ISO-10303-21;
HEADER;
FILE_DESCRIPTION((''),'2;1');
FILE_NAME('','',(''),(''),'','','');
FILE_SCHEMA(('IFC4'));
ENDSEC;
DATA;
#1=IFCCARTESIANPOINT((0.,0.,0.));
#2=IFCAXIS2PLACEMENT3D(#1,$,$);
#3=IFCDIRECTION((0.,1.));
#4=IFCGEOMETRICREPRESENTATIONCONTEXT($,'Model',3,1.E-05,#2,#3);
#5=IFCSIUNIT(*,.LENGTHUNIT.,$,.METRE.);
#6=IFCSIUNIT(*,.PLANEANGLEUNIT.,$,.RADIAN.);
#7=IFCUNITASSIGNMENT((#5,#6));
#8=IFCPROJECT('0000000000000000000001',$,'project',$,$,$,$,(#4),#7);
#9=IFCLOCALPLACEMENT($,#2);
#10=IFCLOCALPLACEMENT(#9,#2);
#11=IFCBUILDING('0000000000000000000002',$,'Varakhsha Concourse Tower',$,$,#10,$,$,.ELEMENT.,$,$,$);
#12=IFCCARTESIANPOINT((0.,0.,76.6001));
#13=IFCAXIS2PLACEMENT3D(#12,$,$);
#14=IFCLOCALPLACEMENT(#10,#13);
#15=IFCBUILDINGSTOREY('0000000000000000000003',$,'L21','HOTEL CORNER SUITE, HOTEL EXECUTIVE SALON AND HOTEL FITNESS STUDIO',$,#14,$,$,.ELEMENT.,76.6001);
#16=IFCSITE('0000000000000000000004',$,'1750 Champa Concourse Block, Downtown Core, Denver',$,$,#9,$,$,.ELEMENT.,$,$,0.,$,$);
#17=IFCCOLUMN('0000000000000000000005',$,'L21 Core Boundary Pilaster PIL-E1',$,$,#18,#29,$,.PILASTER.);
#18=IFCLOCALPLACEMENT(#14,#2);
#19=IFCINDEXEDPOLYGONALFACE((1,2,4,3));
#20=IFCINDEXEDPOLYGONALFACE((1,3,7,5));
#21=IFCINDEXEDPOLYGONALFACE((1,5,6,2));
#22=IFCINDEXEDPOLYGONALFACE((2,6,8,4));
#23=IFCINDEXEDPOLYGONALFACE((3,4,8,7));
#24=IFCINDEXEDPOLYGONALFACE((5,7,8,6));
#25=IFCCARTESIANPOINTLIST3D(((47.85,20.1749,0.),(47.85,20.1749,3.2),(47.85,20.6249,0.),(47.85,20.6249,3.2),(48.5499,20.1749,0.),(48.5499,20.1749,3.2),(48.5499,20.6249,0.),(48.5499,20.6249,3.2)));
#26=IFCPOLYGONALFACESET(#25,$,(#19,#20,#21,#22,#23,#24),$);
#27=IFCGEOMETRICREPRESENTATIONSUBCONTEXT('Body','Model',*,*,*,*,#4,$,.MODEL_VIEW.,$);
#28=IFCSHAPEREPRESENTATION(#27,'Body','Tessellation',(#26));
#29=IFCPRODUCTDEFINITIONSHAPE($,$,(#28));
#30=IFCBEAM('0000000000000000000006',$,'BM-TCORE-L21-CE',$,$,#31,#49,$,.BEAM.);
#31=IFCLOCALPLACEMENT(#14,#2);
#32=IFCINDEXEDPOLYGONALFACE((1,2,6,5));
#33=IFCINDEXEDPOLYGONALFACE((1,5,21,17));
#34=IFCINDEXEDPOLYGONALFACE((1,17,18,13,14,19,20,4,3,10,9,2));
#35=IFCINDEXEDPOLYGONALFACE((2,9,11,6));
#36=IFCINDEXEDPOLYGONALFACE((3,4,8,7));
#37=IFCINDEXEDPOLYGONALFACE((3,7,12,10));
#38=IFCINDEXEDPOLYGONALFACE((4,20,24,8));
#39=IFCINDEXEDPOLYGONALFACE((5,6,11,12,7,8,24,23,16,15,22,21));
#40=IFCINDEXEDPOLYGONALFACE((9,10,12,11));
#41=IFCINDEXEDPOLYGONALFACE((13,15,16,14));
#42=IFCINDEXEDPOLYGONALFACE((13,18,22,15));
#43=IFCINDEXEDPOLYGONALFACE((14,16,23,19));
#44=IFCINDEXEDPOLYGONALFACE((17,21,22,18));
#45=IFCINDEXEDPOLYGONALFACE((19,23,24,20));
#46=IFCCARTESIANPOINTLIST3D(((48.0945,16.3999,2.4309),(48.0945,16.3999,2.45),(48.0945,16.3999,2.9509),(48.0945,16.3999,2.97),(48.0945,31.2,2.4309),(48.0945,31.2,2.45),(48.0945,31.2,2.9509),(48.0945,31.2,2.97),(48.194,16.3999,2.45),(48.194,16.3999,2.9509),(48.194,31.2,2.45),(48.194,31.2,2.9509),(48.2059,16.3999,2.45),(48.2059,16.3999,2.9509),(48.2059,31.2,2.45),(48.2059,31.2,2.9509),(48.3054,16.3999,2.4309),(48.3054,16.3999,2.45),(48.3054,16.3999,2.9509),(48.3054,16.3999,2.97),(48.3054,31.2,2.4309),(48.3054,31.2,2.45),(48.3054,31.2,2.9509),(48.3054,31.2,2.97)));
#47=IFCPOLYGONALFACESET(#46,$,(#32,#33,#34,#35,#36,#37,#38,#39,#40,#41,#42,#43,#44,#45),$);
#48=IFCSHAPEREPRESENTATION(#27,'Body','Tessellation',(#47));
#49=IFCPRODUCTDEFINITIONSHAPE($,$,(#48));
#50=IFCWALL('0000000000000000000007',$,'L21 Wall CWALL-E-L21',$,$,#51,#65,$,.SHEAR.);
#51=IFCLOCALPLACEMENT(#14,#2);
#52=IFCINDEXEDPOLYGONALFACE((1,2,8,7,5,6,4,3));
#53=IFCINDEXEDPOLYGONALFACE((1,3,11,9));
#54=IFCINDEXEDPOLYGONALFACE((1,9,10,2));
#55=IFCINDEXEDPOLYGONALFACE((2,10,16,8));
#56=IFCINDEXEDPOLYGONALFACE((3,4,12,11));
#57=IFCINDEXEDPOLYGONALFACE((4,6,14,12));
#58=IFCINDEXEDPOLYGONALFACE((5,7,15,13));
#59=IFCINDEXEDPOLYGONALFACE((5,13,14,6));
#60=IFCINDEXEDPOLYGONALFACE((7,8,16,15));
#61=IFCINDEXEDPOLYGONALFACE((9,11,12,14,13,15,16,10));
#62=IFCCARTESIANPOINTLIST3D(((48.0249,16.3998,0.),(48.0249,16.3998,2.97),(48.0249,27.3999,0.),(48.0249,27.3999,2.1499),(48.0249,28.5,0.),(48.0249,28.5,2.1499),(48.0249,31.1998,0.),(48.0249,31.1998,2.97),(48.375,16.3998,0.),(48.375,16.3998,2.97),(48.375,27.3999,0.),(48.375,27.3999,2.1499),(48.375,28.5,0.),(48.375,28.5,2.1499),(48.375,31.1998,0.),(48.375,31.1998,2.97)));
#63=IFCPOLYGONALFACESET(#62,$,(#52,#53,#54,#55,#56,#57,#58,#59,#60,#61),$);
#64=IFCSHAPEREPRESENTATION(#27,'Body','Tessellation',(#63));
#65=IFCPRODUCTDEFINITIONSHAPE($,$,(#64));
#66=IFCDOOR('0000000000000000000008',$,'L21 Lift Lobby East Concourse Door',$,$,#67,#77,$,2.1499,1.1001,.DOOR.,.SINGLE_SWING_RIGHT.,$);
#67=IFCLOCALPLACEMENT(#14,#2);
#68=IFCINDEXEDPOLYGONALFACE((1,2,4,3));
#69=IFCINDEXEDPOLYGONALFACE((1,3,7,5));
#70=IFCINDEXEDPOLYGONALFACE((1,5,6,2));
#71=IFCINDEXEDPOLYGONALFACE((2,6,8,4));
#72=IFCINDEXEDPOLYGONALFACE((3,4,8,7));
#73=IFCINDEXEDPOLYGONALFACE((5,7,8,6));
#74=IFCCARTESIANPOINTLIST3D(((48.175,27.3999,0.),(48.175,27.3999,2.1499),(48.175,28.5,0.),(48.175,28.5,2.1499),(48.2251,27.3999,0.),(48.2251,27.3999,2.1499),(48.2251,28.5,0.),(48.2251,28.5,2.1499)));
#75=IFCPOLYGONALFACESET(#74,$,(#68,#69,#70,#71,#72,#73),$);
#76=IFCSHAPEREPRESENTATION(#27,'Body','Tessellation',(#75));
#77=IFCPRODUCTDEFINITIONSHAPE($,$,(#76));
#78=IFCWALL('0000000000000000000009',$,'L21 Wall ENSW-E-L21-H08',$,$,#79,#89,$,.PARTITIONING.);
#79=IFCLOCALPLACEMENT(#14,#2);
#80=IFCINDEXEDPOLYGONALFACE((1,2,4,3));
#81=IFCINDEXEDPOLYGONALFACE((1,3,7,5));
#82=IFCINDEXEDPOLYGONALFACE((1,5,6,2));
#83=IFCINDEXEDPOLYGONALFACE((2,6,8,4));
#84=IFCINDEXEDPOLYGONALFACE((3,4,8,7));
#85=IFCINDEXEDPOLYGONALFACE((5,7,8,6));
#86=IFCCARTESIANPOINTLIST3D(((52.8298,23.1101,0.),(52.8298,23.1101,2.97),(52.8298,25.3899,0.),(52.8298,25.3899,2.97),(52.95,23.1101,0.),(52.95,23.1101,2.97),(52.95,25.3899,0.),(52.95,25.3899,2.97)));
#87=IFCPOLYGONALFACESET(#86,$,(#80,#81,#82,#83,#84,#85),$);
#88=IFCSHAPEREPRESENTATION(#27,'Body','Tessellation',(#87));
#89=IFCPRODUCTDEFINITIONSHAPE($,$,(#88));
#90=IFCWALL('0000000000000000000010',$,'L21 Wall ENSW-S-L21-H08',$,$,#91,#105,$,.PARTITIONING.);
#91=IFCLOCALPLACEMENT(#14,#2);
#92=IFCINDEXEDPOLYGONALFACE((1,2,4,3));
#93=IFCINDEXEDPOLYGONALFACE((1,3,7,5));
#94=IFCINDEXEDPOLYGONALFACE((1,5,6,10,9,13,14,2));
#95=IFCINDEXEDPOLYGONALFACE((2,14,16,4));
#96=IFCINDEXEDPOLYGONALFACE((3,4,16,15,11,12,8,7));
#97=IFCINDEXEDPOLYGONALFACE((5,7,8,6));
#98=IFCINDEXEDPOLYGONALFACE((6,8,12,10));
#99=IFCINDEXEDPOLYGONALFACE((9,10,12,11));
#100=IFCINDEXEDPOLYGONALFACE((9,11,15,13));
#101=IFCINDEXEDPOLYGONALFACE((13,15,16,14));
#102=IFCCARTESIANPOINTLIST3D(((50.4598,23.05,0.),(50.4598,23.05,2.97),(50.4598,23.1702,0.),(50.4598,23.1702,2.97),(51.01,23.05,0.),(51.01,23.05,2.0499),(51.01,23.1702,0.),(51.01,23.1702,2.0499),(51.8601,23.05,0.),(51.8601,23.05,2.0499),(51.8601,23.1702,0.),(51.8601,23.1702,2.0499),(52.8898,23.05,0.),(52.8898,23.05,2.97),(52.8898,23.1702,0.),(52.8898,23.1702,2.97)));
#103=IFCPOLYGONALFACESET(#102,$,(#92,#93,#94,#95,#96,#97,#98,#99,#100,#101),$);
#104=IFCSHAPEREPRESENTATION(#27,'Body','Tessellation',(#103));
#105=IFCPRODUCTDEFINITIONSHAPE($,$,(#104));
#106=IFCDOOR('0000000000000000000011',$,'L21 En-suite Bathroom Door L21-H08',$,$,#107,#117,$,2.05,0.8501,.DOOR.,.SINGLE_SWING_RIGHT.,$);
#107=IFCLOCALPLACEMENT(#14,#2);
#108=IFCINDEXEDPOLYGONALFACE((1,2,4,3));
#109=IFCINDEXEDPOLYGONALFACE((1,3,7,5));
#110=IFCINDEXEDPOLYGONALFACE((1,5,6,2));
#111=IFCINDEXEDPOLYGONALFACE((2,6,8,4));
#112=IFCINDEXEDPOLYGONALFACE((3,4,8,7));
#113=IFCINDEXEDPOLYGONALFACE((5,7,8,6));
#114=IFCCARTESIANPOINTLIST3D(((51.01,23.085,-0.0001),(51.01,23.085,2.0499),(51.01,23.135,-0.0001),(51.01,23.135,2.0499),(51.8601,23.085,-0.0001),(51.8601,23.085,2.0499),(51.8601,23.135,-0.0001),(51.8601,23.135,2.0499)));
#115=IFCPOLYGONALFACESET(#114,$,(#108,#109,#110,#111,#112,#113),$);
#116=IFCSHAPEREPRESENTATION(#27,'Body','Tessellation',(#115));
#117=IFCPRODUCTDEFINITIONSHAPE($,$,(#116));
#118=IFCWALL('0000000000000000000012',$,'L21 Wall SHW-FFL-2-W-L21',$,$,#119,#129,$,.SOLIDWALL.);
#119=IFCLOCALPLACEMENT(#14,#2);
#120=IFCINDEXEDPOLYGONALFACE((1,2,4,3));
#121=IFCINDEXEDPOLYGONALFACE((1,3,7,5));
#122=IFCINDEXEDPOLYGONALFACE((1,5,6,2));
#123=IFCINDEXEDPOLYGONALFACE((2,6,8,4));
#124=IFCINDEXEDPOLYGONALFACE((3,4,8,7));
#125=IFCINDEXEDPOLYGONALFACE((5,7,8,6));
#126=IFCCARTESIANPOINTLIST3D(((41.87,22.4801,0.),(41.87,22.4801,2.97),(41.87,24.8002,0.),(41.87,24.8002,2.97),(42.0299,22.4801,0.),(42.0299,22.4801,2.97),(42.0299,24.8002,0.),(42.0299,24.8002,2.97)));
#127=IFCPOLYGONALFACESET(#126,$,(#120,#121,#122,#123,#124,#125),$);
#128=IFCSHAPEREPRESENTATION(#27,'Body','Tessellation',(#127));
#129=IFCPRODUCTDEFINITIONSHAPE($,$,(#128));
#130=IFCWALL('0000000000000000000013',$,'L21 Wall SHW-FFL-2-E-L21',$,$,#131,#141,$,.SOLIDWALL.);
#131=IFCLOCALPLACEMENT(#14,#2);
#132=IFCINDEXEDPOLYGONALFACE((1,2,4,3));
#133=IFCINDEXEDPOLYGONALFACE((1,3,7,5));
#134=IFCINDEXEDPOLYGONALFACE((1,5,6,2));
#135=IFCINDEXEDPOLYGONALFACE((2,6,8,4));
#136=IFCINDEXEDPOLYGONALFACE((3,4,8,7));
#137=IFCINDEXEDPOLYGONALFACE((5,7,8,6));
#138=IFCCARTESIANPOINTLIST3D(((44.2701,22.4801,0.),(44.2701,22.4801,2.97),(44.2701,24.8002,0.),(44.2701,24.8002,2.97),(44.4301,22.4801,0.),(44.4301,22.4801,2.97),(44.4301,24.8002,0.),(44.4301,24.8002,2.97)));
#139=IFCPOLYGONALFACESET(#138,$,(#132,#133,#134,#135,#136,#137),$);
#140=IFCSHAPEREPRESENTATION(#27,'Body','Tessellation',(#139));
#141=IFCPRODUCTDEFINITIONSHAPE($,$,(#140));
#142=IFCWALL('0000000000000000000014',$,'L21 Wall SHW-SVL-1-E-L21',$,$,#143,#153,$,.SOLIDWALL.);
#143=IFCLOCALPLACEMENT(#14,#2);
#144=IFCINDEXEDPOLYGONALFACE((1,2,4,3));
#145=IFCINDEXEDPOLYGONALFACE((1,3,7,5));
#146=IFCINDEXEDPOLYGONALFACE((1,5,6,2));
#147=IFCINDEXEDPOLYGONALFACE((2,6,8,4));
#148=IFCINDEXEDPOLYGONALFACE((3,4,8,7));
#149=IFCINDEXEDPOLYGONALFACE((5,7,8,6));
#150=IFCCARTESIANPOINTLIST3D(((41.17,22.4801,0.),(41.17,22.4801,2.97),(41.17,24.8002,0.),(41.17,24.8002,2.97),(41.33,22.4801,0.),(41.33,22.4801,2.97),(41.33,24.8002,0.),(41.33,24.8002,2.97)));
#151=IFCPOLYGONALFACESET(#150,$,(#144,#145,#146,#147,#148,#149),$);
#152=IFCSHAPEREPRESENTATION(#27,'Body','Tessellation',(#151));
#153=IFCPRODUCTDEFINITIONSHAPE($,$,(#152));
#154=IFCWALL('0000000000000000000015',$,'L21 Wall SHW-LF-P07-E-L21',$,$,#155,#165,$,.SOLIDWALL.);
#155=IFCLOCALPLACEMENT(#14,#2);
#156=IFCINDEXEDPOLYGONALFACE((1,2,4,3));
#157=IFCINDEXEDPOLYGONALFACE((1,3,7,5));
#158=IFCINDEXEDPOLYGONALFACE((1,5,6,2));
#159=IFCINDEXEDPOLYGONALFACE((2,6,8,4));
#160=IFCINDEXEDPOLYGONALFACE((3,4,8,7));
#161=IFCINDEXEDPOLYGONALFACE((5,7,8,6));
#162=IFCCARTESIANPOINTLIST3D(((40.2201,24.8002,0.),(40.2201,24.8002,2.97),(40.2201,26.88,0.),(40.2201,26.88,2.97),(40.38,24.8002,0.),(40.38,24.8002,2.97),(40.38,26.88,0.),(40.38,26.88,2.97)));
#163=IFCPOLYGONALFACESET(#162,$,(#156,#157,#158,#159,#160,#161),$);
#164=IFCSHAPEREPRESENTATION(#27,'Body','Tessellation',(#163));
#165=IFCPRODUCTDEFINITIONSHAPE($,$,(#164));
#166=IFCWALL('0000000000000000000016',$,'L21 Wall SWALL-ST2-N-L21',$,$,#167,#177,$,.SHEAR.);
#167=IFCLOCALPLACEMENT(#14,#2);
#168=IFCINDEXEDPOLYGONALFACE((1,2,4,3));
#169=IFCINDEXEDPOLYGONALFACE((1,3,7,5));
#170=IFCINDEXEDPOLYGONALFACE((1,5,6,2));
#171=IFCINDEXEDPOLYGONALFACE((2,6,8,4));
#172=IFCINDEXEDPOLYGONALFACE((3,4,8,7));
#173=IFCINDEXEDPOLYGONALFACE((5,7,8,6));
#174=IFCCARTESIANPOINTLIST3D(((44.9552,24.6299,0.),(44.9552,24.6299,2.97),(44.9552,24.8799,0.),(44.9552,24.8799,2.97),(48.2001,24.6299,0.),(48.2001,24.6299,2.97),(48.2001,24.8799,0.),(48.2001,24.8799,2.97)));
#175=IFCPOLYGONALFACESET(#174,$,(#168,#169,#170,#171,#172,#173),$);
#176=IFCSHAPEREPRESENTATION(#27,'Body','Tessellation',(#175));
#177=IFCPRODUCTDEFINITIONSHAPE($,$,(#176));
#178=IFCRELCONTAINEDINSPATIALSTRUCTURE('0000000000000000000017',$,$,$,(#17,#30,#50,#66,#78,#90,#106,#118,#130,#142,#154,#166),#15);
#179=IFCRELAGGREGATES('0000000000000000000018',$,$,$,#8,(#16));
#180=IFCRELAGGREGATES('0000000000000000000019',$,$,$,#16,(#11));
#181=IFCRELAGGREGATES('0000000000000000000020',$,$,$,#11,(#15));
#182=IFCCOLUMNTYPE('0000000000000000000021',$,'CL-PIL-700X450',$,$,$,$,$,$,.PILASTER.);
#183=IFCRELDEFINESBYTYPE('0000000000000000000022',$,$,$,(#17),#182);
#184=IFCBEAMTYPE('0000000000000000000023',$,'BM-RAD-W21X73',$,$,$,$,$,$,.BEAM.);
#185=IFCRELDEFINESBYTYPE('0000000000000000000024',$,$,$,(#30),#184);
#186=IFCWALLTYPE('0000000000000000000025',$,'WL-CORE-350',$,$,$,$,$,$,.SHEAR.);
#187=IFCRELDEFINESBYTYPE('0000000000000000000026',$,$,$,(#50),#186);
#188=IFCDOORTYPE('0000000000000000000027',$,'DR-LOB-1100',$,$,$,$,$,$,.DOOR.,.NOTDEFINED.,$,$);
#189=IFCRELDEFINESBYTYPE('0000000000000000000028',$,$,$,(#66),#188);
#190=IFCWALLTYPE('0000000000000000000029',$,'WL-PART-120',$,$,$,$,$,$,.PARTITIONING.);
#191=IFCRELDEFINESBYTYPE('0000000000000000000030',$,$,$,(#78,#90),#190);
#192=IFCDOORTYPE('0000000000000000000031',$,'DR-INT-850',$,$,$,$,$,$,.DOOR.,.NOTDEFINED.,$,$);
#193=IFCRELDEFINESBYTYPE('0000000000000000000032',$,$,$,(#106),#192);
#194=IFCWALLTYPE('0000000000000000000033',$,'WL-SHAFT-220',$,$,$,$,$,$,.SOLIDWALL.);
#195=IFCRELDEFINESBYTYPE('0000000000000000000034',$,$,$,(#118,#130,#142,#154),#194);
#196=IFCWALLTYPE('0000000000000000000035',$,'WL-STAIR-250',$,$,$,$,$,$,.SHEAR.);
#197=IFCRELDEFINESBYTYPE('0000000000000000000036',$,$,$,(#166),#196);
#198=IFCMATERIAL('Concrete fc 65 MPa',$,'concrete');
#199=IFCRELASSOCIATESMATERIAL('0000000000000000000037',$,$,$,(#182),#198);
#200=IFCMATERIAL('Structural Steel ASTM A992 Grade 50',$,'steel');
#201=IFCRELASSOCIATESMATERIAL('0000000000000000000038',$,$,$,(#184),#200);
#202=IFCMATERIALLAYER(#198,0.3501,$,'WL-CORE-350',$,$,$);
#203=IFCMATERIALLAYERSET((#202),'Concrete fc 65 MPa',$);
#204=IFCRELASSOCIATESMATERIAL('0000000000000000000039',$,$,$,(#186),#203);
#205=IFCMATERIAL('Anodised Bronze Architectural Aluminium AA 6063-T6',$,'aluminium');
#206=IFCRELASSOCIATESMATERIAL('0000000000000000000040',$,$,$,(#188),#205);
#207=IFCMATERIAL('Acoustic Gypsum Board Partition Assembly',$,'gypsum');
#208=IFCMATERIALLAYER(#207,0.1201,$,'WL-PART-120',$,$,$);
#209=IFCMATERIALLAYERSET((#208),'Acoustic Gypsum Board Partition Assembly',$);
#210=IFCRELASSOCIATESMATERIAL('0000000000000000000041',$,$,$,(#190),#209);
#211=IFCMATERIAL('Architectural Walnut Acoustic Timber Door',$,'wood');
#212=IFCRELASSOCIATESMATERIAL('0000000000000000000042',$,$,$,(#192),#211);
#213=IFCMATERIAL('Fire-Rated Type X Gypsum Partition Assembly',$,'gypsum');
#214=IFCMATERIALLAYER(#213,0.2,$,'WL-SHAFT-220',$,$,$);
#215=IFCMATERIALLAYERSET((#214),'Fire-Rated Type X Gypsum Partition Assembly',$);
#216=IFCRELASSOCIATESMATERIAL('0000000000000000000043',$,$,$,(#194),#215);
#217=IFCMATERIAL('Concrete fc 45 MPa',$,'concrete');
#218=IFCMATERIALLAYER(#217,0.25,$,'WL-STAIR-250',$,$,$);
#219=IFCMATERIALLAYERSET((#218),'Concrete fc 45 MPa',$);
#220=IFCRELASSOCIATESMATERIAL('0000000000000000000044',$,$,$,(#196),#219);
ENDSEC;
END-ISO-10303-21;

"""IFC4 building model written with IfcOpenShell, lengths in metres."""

from ifc_helpers import new_model, si_unit, direction, frame, frame_2d, origin, origin_2d, place, context, subcontext, project, spatial, rectangle, i_section, extrude, material, layer, layer_set, material_profile, profile_set, type_object, element, fill, save


model = new_model("IFC4")

# Units and contexts
model_context = context("Model", 3, precision=1e-05, world=origin(), true_north=direction((0.0, 1.0)))
body_context = subcontext(model_context, "Body", "Model", "MODEL_VIEW")
ifc_project = project(units=[si_unit("LENGTHUNIT", "METRE"), si_unit("PLANEANGLEUNIT", "RADIAN")], contexts=[model_context])

# Site, building, storey
site_placement = place(None, origin())
site = spatial("IfcSite", under=ifc_project, at=site_placement, Name="1750 Champa Concourse Block, Downtown Core, Denver", CompositionType="ELEMENT", RefElevation=0.0)
building_placement = place(site_placement, origin())
building = spatial("IfcBuilding", under=site, at=building_placement, Name="Varakhsha Concourse Tower", CompositionType="ELEMENT")
storey_placement = place(building_placement, frame((0.0, 0.0, 76.6001)))
storey = spatial("IfcBuildingStorey", under=building, at=storey_placement, Name="L21", Description="HOTEL CORNER SUITE, HOTEL EXECUTIVE SALON AND HOTEL FITNESS STUDIO", CompositionType="ELEMENT", Elevation=76.6001)

# Column
ifc_material_1 = material(Name="Concrete fc 65 MPa", Category="concrete")
ifc_material_profile_1 = material_profile(ifc_material_1, rectangle(XDim=0.7, YDim=0.45, at=origin_2d()), Name="RC 700x450")
ifc_profile_set_1 = profile_set([ifc_material_profile_1], Name="Concrete fc 65 MPa")
column_type = type_object("IfcColumnType", Name="CL-PIL-700X450", PredefinedType="PILASTER", material=ifc_profile_set_1)
column_placement = place(storey_placement, frame((48.2, 20.3999, 0.0), z_axis=(0.0, 0.0, 1.0), x_axis=(1.0, 0.0, 0.0)))
element("IfcColumn", 1, at=column_placement, inside=storey, type_object=column_type, Name="L21 Core Boundary Pilaster PIL-E1", PredefinedType="PILASTER", context=body_context, shape_type="SweptSolid", body=[
    extrude(rectangle(XDim=0.7, YDim=0.45, at=origin_2d()), origin(), (0.0, 0.0, 1.0), 3.2),
])

# Beam
ifc_material_2 = material(Name="Structural Steel ASTM A992 Grade 50", Category="steel")
ifc_material_profile_2 = material_profile(ifc_material_2, i_section(OverallWidth=0.2109, OverallDepth=0.5391, WebThickness=0.012, FlangeThickness=0.019, at=origin_2d()), Name="W21X73")
ifc_profile_set_2 = profile_set([ifc_material_profile_2], Name="Structural Steel ASTM A992 Grade 50")
beam_type = type_object("IfcBeamType", Name="BM-RAD-W21X73", PredefinedType="BEAM", material=ifc_profile_set_2)
beam_placement = place(storey_placement, frame((48.2, 16.3999, 2.7004), z_axis=(0.0, 1.0, 0.0), x_axis=(-1.0, 0.0, 0.0)))
element("IfcBeam", 2, at=beam_placement, inside=storey, type_object=beam_type, Name="BM-TCORE-L21-CE", PredefinedType="BEAM", context=body_context, shape_type="SweptSolid", body=[
    extrude(i_section(OverallWidth=0.2109, OverallDepth=0.5391, WebThickness=0.012, FlangeThickness=0.019, at=origin_2d()), origin(), (0.0, 0.0, 1.0), 14.8),
])

# Wall, opening, door
ifc_layer_1 = layer(ifc_material_1, 0.3501, Name="WL-CORE-350")
ifc_layer_set_1 = layer_set([ifc_layer_1], Name="Concrete fc 65 MPa")
wall_type_1 = type_object("IfcWallType", Name="WL-CORE-350", PredefinedType="SHEAR", material=ifc_layer_set_1)
wall_1_placement = place(storey_placement, frame((48.2, 16.3999, 0.0), z_axis=(0.0, 0.0, 1.0), x_axis=(0.0, 1.0, 0.0)))
wall_1 = element("IfcWall", 3, at=wall_1_placement, inside=storey, type_object=wall_type_1, Name="L21 Wall CWALL-E-L21", PredefinedType="SHEAR", context=body_context, shape_type="SweptSolid", body=[
    extrude(rectangle(XDim=14.8, YDim=0.3501, at=frame_2d((7.3999, 0.0))), origin(), (0.0, 0.0, 1.0), 2.97),
])
opening_1_placement = place(wall_1_placement, frame((11.0, 0.0, 0.0)))
opening_1 = element("IfcOpeningElement", 4, at=opening_1_placement, cuts=wall_1, PredefinedType="OPENING", context=body_context, shape_type="SweptSolid", body=[
    extrude(rectangle(XDim=1.1001, YDim=2.1499, at=frame_2d((0.55, 1.075))), frame((0.0, 0.1851, 0.0), z_axis=(0.0, -1.0, 0.0), x_axis=(1.0, 0.0, 0.0)), (0.0, 0.0, 1.0), 0.3701),
])
ifc_material_3 = material(Name="Anodised Bronze Architectural Aluminium AA 6063-T6", Category="aluminium")
door_type_1 = type_object("IfcDoorType", Name="DR-LOB-1100", OperationType="NOTDEFINED", PredefinedType="DOOR", material=ifc_material_3)
door_1_placement = place(opening_1_placement, origin())
door_1 = element("IfcDoor", 5, at=door_1_placement, inside=storey, type_object=door_type_1, Name="L21 Lift Lobby East Concourse Door", OperationType="SINGLE_SWING_RIGHT", OverallHeight=2.1499, OverallWidth=1.1001, PredefinedType="DOOR", context=body_context, shape_type="SweptSolid", body=[
    extrude(rectangle(XDim=1.1001, YDim=2.1499, at=frame_2d((0.55, 1.075))), frame((0.0, 0.0249, 0.0), z_axis=(0.0, -1.0, 0.0), x_axis=(1.0, 0.0, 0.0)), (0.0, 0.0, 1.0), 0.05),
])
fill(opening_1, door_1)

# Wall
ifc_material_4 = material(Name="Acoustic Gypsum Board Partition Assembly", Category="gypsum")
ifc_layer_2 = layer(ifc_material_4, 0.1201, Name="WL-PART-120")
ifc_layer_set_2 = layer_set([ifc_layer_2], Name="Acoustic Gypsum Board Partition Assembly")
wall_type_2 = type_object("IfcWallType", Name="WL-PART-120", PredefinedType="PARTITIONING", material=ifc_layer_set_2)
wall_2_placement = place(storey_placement, frame((52.8899, 23.1101, 0.0), z_axis=(0.0, 0.0, 1.0), x_axis=(0.0, 1.0, 0.0)))
element("IfcWall", 6, at=wall_2_placement, inside=storey, type_object=wall_type_2, Name="L21 Wall ENSW-E-L21-H08", PredefinedType="PARTITIONING", context=body_context, shape_type="SweptSolid", body=[
    extrude(rectangle(XDim=2.2798, YDim=0.1201, at=frame_2d((1.1399, 0.0))), origin(), (0.0, 0.0, 1.0), 2.97),
])

# Wall, opening, door
wall_3_placement = place(storey_placement, frame((50.46, 23.1101, 0.0), z_axis=(0.0, 0.0, 1.0), x_axis=(1.0, 0.0, 0.0)))
wall_3 = element("IfcWall", 7, at=wall_3_placement, inside=storey, type_object=wall_type_2, Name="L21 Wall ENSW-S-L21-H08", PredefinedType="PARTITIONING", context=body_context, shape_type="SweptSolid", body=[
    extrude(rectangle(XDim=2.4299, YDim=0.1201, at=frame_2d((1.2148, 0.0))), origin(), (0.0, 0.0, 1.0), 2.97),
])
opening_2_placement = place(wall_3_placement, frame((0.55, 0.0, 0.0)))
opening_2 = element("IfcOpeningElement", 8, at=opening_2_placement, cuts=wall_3, PredefinedType="OPENING", context=body_context, shape_type="SweptSolid", body=[
    extrude(rectangle(XDim=0.8501, YDim=2.05, at=frame_2d((0.425, 1.0249))), frame((0.0, 0.0701, 0.0), z_axis=(0.0, -1.0, 0.0), x_axis=(1.0, 0.0, 0.0)), (0.0, 0.0, 1.0), 0.1401),
])
ifc_material_5 = material(Name="Architectural Walnut Acoustic Timber Door", Category="wood")
door_type_2 = type_object("IfcDoorType", Name="DR-INT-850", OperationType="NOTDEFINED", PredefinedType="DOOR", material=ifc_material_5)
door_2_placement = place(opening_2_placement, origin())
door_2 = element("IfcDoor", 9, at=door_2_placement, inside=storey, type_object=door_type_2, Name="L21 En-suite Bathroom Door L21-H08", OperationType="SINGLE_SWING_RIGHT", OverallHeight=2.05, OverallWidth=0.8501, PredefinedType="DOOR", context=body_context, shape_type="SweptSolid", body=[
    extrude(rectangle(XDim=0.8501, YDim=2.05, at=frame_2d((0.425, 1.0249))), frame((0.0, 0.0249, 0.0), z_axis=(0.0, -1.0, 0.0), x_axis=(1.0, 0.0, 0.0)), (0.0, 0.0, 1.0), 0.05),
])
fill(opening_2, door_2)

# Walls
ifc_material_6 = material(Name="Fire-Rated Type X Gypsum Partition Assembly", Category="gypsum")
ifc_layer_3 = layer(ifc_material_6, 0.2, Name="WL-SHAFT-220")
ifc_layer_set_3 = layer_set([ifc_layer_3], Name="Fire-Rated Type X Gypsum Partition Assembly")
wall_type_3 = type_object("IfcWallType", Name="WL-SHAFT-220", PredefinedType="SOLIDWALL", material=ifc_layer_set_3)
for number, where, z_axis, x_axis, name in (
    (10, (41.95, 22.48, 0.0), (0.0, 0.0, 1.0), (0.0, 1.0, 0.0), "L21 Wall SHW-FFL-2-W-L21"),
    (11, (44.3501, 22.48, 0.0), (0.0, 0.0, 1.0), (0.0, 1.0, 0.0), "L21 Wall SHW-FFL-2-E-L21"),
    (12, (41.25, 22.48, 0.0), (0.0, 0.0, 1.0), (0.0, 1.0, 0.0), "L21 Wall SHW-SVL-1-E-L21"),
):
    element("IfcWall", number, at=place(storey_placement, frame(where, z_axis=z_axis, x_axis=x_axis)), inside=storey, type_object=wall_type_3, Name=name, PredefinedType="SOLIDWALL", context=body_context, shape_type="SweptSolid", body=[
        extrude(rectangle(XDim=2.3201, YDim=0.1599, at=frame_2d((1.1602, 0.0))), origin(), (0.0, 0.0, 1.0), 2.97),
    ])
wall_4_placement = place(storey_placement, frame((40.3, 24.8, 0.0), z_axis=(0.0, 0.0, 1.0), x_axis=(0.0, 1.0, 0.0)))
element("IfcWall", 13, at=wall_4_placement, inside=storey, type_object=wall_type_3, Name="L21 Wall SHW-LF-P07-E-L21", PredefinedType="SOLIDWALL", context=body_context, shape_type="SweptSolid", body=[
    extrude(rectangle(XDim=2.0798, YDim=0.1599, at=frame_2d((1.04, 0.0))), origin(), (0.0, 0.0, 1.0), 2.97),
])
ifc_material_7 = material(Name="Concrete fc 45 MPa", Category="concrete")
ifc_layer_4 = layer(ifc_material_7, 0.25, Name="WL-STAIR-250")
ifc_layer_set_4 = layer_set([ifc_layer_4], Name="Concrete fc 45 MPa")
wall_type_4 = type_object("IfcWallType", Name="WL-STAIR-250", PredefinedType="SHEAR", material=ifc_layer_set_4)
wall_5_placement = place(storey_placement, frame((44.9551, 24.7549, 0.0), z_axis=(0.0, 0.0, 1.0), x_axis=(1.0, 0.0, 0.0)))
element("IfcWall", 14, at=wall_5_placement, inside=storey, type_object=wall_type_4, Name="L21 Wall SWALL-ST2-N-L21", PredefinedType="SHEAR", context=body_context, shape_type="SweptSolid", body=[
    extrude(rectangle(XDim=3.2449, YDim=0.25, at=frame_2d((1.6226, 0.0))), origin(), (0.0, 0.0, 1.0), 2.97),
])

save(model, "model.ifc")
